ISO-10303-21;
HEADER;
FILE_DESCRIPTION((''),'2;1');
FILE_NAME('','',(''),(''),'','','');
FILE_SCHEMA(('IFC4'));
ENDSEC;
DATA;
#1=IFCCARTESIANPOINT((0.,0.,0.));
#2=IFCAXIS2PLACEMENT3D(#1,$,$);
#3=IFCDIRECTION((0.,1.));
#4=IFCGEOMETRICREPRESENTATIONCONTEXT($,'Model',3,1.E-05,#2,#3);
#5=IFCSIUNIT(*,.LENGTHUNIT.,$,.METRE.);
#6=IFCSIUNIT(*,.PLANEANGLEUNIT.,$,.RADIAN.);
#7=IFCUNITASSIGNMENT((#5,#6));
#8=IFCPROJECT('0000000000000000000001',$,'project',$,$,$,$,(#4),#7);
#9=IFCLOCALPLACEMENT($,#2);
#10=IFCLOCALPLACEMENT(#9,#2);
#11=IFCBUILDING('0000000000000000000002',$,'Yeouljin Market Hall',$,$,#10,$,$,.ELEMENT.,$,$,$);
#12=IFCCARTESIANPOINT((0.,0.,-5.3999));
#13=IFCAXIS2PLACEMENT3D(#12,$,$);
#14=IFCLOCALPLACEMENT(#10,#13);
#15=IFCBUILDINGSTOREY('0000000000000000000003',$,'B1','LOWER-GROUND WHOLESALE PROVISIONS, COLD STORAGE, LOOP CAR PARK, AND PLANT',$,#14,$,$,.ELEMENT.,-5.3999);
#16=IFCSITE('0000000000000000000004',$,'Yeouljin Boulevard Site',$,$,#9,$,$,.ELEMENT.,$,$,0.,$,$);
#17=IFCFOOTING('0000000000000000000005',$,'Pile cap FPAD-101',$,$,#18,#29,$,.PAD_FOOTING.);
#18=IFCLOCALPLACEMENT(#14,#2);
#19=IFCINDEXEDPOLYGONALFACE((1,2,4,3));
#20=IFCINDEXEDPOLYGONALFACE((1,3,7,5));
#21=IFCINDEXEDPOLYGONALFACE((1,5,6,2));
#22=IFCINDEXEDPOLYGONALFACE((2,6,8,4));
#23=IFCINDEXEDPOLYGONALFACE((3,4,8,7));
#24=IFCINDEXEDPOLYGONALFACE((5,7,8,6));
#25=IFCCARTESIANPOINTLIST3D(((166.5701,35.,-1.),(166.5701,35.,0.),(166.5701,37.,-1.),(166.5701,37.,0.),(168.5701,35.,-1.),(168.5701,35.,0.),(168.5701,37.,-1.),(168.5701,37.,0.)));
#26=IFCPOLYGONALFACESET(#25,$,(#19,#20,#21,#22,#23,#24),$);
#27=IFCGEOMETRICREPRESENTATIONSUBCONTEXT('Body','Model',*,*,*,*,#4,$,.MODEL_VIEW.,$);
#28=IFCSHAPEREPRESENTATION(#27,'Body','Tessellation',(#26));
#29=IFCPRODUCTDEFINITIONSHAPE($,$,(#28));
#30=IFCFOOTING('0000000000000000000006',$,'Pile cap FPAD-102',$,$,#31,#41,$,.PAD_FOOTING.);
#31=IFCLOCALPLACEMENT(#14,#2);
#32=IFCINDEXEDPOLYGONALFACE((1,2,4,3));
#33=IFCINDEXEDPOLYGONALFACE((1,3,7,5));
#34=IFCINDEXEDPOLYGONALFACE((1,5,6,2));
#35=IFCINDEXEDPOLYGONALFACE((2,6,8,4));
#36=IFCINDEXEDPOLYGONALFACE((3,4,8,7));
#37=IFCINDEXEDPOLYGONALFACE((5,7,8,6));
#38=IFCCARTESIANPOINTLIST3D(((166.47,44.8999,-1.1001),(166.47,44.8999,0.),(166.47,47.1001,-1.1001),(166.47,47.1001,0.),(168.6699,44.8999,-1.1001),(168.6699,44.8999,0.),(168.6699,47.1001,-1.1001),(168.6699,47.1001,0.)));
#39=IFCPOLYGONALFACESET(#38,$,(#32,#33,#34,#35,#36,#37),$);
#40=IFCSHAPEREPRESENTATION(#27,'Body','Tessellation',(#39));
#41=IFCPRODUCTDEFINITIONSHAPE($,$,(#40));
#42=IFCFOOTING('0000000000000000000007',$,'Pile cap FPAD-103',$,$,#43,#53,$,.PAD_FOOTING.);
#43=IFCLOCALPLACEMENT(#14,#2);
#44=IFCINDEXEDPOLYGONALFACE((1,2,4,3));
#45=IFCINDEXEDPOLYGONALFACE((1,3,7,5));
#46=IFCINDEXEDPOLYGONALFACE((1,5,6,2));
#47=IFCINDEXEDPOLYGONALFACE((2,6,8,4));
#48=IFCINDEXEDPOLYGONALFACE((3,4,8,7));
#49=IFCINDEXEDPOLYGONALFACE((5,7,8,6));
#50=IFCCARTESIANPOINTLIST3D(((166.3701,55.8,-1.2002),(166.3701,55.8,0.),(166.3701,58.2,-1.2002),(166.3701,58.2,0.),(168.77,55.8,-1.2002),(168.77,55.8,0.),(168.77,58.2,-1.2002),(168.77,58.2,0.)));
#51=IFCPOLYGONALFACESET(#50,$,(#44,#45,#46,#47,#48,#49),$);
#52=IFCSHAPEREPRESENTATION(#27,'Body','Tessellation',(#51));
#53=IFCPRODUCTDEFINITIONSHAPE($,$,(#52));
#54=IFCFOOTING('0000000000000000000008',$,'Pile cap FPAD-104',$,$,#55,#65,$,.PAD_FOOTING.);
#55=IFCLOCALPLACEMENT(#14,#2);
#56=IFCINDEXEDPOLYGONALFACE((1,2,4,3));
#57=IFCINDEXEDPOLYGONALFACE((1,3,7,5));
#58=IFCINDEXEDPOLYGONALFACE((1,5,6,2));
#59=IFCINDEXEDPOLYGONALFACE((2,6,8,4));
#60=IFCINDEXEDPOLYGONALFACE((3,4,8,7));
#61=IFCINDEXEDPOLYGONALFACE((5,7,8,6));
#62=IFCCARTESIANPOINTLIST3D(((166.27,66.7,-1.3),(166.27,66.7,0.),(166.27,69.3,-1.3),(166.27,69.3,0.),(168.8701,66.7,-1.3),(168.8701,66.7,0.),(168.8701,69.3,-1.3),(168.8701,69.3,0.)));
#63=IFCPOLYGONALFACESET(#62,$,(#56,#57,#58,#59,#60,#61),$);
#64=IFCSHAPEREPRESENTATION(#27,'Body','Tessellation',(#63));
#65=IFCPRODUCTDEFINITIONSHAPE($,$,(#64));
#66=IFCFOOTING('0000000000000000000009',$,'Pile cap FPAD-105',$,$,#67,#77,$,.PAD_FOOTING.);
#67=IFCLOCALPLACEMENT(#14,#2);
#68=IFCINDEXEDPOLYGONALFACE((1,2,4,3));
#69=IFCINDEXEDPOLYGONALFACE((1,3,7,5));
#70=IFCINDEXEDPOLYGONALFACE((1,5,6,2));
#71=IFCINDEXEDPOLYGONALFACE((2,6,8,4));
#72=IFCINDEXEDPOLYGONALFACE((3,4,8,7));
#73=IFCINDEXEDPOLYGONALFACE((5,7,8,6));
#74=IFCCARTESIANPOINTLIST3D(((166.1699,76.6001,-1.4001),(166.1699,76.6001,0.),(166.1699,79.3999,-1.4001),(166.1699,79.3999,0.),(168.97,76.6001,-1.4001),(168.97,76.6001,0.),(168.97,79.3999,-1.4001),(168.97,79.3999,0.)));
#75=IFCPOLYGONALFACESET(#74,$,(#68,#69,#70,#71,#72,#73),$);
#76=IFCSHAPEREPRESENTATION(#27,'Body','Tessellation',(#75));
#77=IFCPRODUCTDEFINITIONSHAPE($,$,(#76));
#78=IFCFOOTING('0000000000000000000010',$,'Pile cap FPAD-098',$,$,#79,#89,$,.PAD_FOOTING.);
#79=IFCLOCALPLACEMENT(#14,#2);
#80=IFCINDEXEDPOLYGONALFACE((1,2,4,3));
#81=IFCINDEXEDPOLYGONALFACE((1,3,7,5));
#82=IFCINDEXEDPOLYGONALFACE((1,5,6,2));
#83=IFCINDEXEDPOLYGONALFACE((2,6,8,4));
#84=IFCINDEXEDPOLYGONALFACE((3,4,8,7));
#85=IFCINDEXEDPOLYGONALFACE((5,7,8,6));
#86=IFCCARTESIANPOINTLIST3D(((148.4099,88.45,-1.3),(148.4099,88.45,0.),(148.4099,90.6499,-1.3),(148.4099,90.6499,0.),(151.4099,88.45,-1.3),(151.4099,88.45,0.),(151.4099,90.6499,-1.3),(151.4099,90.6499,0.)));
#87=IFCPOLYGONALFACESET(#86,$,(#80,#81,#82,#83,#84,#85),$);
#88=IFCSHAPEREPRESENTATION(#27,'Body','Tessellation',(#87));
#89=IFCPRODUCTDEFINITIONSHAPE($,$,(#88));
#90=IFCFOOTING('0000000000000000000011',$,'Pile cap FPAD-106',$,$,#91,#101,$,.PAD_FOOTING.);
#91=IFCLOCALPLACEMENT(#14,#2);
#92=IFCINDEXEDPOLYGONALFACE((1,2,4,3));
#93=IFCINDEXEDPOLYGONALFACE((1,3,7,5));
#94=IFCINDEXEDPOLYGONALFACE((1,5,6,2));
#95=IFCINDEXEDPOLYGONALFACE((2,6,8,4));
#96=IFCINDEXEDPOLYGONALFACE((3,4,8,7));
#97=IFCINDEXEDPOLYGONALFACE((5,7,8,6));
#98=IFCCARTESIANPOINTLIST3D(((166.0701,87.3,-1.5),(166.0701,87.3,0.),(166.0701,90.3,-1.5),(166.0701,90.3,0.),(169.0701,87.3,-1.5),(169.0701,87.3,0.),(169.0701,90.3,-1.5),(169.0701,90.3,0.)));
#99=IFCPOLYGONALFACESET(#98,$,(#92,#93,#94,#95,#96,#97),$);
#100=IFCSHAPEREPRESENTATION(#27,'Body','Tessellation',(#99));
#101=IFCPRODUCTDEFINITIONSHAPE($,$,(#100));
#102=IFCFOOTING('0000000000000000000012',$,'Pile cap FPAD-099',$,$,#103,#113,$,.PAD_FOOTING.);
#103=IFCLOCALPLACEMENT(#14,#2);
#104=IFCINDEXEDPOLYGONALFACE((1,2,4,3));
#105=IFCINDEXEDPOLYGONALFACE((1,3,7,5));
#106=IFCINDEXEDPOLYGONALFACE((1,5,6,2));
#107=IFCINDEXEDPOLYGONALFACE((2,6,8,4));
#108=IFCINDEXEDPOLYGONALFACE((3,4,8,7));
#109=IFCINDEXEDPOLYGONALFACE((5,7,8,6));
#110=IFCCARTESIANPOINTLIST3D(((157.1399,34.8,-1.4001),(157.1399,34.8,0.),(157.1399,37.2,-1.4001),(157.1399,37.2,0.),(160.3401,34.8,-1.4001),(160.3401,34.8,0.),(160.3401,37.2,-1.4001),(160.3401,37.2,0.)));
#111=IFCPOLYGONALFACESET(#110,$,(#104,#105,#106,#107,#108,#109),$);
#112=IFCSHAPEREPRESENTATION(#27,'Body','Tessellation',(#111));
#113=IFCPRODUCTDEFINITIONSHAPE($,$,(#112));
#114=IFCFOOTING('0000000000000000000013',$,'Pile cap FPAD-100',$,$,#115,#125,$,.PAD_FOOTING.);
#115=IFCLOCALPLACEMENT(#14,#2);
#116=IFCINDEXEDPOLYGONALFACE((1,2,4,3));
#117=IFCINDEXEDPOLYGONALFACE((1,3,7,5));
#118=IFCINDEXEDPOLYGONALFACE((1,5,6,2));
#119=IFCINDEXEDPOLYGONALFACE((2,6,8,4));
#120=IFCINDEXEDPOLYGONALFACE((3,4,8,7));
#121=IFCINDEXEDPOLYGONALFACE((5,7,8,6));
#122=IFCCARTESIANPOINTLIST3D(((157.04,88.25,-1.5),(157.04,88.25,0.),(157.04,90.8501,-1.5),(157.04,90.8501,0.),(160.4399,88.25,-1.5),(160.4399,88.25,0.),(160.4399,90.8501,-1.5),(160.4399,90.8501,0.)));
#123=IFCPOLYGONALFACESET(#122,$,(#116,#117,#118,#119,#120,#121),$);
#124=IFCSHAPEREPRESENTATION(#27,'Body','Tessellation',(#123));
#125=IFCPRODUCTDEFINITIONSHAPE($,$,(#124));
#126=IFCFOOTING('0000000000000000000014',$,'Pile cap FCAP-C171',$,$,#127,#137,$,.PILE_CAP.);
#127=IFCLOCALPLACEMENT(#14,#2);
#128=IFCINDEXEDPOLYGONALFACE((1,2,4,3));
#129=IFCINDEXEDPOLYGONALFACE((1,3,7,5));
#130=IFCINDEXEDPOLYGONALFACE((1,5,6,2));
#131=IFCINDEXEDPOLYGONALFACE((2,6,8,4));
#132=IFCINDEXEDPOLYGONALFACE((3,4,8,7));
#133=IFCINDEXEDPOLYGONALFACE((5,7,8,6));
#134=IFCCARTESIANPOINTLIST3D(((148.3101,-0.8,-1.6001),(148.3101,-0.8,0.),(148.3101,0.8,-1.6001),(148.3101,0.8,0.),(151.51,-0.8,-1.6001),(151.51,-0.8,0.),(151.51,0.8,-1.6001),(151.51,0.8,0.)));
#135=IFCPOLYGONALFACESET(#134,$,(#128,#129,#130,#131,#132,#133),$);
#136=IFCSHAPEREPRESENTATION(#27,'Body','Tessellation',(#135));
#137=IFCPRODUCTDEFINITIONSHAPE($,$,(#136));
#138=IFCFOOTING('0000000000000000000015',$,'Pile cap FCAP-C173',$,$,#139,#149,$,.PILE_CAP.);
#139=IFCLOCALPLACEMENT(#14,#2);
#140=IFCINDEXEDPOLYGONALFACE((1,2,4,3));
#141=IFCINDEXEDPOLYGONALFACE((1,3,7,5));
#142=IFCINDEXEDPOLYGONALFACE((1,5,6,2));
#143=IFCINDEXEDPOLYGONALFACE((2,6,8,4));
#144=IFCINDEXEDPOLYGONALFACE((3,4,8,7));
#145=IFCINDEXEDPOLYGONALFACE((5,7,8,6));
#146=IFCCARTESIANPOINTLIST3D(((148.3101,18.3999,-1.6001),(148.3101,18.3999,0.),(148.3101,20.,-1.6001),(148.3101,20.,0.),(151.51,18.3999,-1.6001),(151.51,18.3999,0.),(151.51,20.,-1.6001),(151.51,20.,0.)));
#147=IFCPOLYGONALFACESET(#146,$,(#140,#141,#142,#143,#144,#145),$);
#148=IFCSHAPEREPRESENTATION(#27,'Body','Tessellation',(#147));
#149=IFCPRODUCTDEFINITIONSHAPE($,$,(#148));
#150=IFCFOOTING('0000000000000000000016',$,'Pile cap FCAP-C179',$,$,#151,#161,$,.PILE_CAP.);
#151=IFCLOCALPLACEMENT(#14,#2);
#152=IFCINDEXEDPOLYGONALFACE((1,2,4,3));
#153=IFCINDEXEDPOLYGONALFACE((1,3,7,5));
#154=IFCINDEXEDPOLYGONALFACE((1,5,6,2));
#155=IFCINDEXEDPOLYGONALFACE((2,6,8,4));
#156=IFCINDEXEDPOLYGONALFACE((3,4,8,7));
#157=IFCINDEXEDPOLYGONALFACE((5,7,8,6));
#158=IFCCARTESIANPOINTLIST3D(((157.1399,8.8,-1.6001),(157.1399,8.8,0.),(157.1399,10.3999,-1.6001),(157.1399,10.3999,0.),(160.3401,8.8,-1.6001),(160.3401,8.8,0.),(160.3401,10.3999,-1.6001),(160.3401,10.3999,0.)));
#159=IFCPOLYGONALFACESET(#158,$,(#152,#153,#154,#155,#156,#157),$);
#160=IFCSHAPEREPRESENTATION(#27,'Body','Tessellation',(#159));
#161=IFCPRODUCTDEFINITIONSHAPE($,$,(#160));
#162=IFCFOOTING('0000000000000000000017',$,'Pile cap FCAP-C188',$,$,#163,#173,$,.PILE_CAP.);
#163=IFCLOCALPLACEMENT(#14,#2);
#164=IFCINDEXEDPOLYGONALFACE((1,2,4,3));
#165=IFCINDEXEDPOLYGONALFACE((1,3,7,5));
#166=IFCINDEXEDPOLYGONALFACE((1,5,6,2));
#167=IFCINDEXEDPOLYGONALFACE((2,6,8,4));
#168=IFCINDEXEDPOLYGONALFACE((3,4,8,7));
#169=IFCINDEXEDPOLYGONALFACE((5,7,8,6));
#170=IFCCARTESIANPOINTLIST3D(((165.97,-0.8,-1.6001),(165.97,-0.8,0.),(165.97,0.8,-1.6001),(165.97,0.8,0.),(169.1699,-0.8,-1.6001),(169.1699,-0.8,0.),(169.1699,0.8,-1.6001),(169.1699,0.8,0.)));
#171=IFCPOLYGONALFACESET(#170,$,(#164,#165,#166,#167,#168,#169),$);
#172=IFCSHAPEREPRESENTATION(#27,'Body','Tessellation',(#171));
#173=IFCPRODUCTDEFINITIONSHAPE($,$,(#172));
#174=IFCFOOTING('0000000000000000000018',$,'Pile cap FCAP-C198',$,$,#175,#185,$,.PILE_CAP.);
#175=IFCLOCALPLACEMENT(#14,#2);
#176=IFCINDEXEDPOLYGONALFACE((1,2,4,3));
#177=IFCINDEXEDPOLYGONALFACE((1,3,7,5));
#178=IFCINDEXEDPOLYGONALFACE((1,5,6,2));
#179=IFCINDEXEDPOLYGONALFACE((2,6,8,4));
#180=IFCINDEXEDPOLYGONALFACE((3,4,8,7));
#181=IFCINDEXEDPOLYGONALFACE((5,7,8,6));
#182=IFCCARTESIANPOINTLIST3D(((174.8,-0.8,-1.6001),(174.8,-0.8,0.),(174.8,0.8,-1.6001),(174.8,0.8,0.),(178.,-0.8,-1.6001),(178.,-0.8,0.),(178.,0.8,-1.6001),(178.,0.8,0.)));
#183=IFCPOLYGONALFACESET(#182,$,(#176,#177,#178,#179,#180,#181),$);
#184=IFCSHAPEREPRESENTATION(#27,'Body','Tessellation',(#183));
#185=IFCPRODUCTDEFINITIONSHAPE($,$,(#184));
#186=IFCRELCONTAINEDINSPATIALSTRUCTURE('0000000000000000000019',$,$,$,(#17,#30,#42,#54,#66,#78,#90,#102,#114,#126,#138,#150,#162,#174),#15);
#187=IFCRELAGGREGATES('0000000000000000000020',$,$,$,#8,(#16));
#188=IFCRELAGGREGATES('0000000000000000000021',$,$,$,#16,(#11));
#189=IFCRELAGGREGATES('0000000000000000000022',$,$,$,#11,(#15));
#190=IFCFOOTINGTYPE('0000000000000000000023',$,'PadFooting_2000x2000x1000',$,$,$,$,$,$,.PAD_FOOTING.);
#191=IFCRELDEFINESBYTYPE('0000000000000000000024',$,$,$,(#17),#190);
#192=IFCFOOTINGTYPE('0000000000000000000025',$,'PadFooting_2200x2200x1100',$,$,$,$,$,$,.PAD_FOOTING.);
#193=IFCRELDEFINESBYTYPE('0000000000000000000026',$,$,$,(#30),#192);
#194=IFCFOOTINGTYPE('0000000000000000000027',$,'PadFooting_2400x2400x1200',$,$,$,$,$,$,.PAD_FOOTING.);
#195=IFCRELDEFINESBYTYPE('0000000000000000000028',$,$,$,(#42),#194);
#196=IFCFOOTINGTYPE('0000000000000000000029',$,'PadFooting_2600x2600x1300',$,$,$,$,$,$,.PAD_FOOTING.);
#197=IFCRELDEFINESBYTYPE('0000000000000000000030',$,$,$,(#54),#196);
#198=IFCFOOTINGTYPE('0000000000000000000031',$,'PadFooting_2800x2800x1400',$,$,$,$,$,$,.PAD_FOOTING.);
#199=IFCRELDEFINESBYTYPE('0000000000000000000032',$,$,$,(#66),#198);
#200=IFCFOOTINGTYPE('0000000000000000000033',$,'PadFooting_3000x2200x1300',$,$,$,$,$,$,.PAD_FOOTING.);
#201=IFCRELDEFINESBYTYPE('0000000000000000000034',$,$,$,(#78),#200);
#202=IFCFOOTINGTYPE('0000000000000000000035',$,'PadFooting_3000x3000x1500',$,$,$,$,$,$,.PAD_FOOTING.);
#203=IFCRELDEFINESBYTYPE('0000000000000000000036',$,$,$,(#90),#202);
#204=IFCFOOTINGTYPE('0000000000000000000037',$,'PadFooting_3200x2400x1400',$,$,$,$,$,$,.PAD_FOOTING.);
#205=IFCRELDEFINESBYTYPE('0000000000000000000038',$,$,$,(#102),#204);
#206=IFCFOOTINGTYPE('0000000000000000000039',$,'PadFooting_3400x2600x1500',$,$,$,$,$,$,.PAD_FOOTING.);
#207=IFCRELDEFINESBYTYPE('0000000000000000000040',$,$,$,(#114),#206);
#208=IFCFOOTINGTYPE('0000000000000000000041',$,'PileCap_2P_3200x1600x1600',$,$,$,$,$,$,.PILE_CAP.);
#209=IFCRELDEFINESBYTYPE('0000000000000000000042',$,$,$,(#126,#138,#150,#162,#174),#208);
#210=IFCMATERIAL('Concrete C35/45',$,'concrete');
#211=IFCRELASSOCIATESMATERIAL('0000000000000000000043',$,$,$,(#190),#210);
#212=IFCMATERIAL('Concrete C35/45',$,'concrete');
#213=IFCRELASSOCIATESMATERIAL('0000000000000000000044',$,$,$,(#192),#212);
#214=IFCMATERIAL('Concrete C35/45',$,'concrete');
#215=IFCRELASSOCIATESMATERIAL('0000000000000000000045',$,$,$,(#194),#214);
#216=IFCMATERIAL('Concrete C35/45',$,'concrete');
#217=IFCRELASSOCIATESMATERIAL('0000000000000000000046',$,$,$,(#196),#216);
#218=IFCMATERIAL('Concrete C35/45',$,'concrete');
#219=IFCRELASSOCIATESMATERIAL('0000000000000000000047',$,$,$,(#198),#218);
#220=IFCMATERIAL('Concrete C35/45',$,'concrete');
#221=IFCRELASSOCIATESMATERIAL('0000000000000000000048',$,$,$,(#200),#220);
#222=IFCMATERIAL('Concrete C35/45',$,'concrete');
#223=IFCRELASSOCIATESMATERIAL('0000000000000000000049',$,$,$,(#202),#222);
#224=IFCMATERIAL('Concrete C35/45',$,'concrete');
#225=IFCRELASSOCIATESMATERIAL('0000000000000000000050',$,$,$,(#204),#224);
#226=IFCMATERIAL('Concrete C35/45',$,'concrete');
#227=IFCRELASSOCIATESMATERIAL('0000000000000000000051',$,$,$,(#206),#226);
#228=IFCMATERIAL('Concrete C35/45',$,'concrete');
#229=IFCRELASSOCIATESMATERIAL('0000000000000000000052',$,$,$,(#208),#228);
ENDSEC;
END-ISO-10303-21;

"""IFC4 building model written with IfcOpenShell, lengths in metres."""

from ifc_helpers import new_model, si_unit, direction, frame, origin, place, context, subcontext, project, spatial, polyline, outline, extrude, material, type_object, element, save


model = new_model("IFC4")

# Units and contexts
model_context = context("Model", 3, precision=1e-05, world=origin(), true_north=direction((0.0, 1.0)))
body_context = subcontext(model_context, "Body", "Model", "MODEL_VIEW")
ifc_project = project(units=[si_unit("LENGTHUNIT", "METRE"), si_unit("PLANEANGLEUNIT", "RADIAN")], contexts=[model_context])

# Site, building, storey
site_placement = place(None, origin())
site = spatial("IfcSite", under=ifc_project, at=site_placement, Name="Yeouljin Boulevard Site", CompositionType="ELEMENT", RefElevation=0.0)
building_placement = place(site_placement, origin())
building = spatial("IfcBuilding", under=site, at=building_placement, Name="Yeouljin Market Hall", CompositionType="ELEMENT")
storey_placement = place(building_placement, frame((0.0, 0.0, -5.3999)))
storey = spatial("IfcBuildingStorey", under=building, at=storey_placement, Name="B1", Description="LOWER-GROUND WHOLESALE PROVISIONS, COLD STORAGE, LOOP CAR PARK, AND PLANT", CompositionType="ELEMENT", Elevation=-5.3999)

# Footings
ifc_material_1 = material(Name="Concrete C35/45", Category="concrete")
footing_type_1 = type_object("IfcFootingType", Name="PadFooting_2000x2000x1000", PredefinedType="PAD_FOOTING", material=ifc_material_1)
footing_1_placement = place(storey_placement, frame((0.0, 0.0, -1.0)))
element("IfcFooting", 1, at=footing_1_placement, inside=storey, type_object=footing_type_1, Name="Pile cap FPAD-101", PredefinedType="PAD_FOOTING", context=body_context, shape_type="SweptSolid", body=[
    extrude(outline(polyline([(166.5701, 35.0), (168.5701, 35.0), (168.5701, 37.0), (166.5701, 37.0), (166.5701, 35.0)])), origin(), (0.0, 0.0, 1.0), 1.0),
])
ifc_material_2 = material(Name="Concrete C35/45", Category="concrete")
footing_type_2 = type_object("IfcFootingType", Name="PadFooting_2200x2200x1100", PredefinedType="PAD_FOOTING", material=ifc_material_2)
footing_2_placement = place(storey_placement, frame((0.0, 0.0, -1.1001)))
element("IfcFooting", 2, at=footing_2_placement, inside=storey, type_object=footing_type_2, Name="Pile cap FPAD-102", PredefinedType="PAD_FOOTING", context=body_context, shape_type="SweptSolid", body=[
    extrude(outline(polyline([(166.47, 44.8999), (168.6699, 44.8999), (168.6699, 47.1001), (166.47, 47.1001), (166.47, 44.8999)])), origin(), (0.0, 0.0, 1.0), 1.1001),
])
ifc_material_3 = material(Name="Concrete C35/45", Category="concrete")
footing_type_3 = type_object("IfcFootingType", Name="PadFooting_2400x2400x1200", PredefinedType="PAD_FOOTING", material=ifc_material_3)
footing_3_placement = place(storey_placement, frame((0.0, 0.0, -1.2002)))
element("IfcFooting", 3, at=footing_3_placement, inside=storey, type_object=footing_type_3, Name="Pile cap FPAD-103", PredefinedType="PAD_FOOTING", context=body_context, shape_type="SweptSolid", body=[
    extrude(outline(polyline([(166.3701, 55.8), (168.77, 55.8), (168.77, 58.2), (166.3701, 58.2), (166.3701, 55.8)])), origin(), (0.0, 0.0, 1.0), 1.2002),
])
ifc_material_4 = material(Name="Concrete C35/45", Category="concrete")
footing_type_4 = type_object("IfcFootingType", Name="PadFooting_2600x2600x1300", PredefinedType="PAD_FOOTING", material=ifc_material_4)
footing_4_placement = place(storey_placement, frame((0.0, 0.0, -1.3)))
element("IfcFooting", 4, at=footing_4_placement, inside=storey, type_object=footing_type_4, Name="Pile cap FPAD-104", PredefinedType="PAD_FOOTING", context=body_context, shape_type="SweptSolid", body=[
    extrude(outline(polyline([(166.27, 66.7), (168.8701, 66.7), (168.8701, 69.3), (166.27, 69.3), (166.27, 66.7)])), origin(), (0.0, 0.0, 1.0), 1.3),
])
ifc_material_5 = material(Name="Concrete C35/45", Category="concrete")
footing_type_5 = type_object("IfcFootingType", Name="PadFooting_2800x2800x1400", PredefinedType="PAD_FOOTING", material=ifc_material_5)
footing_5_placement = place(storey_placement, frame((0.0, 0.0, -1.4001)))
element("IfcFooting", 5, at=footing_5_placement, inside=storey, type_object=footing_type_5, Name="Pile cap FPAD-105", PredefinedType="PAD_FOOTING", context=body_context, shape_type="SweptSolid", body=[
    extrude(outline(polyline([(166.1699, 76.6001), (168.97, 76.6001), (168.97, 79.3999), (166.1699, 79.3999), (166.1699, 76.6001)])), origin(), (0.0, 0.0, 1.0), 1.4001),
])
ifc_material_6 = material(Name="Concrete C35/45", Category="concrete")
footing_type_6 = type_object("IfcFootingType", Name="PadFooting_3000x2200x1300", PredefinedType="PAD_FOOTING", material=ifc_material_6)
footing_6_placement = place(storey_placement, frame((0.0, 0.0, -1.3)))
element("IfcFooting", 6, at=footing_6_placement, inside=storey, type_object=footing_type_6, Name="Pile cap FPAD-098", PredefinedType="PAD_FOOTING", context=body_context, shape_type="SweptSolid", body=[
    extrude(outline(polyline([(148.4099, 88.45), (151.4099, 88.45), (151.4099, 90.6499), (148.4099, 90.6499), (148.4099, 88.45)])), origin(), (0.0, 0.0, 1.0), 1.3),
])
ifc_material_7 = material(Name="Concrete C35/45", Category="concrete")
footing_type_7 = type_object("IfcFootingType", Name="PadFooting_3000x3000x1500", PredefinedType="PAD_FOOTING", material=ifc_material_7)
footing_7_placement = place(storey_placement, frame((0.0, 0.0, -1.5)))
element("IfcFooting", 7, at=footing_7_placement, inside=storey, type_object=footing_type_7, Name="Pile cap FPAD-106", PredefinedType="PAD_FOOTING", context=body_context, shape_type="SweptSolid", body=[
    extrude(outline(polyline([(166.0701, 87.3), (169.0701, 87.3), (169.0701, 90.3), (166.0701, 90.3), (166.0701, 87.3)])), origin(), (0.0, 0.0, 1.0), 1.5),
])
ifc_material_8 = material(Name="Concrete C35/45", Category="concrete")
footing_type_8 = type_object("IfcFootingType", Name="PadFooting_3200x2400x1400", PredefinedType="PAD_FOOTING", material=ifc_material_8)
footing_8_placement = place(storey_placement, frame((0.0, 0.0, -1.4001)))
element("IfcFooting", 8, at=footing_8_placement, inside=storey, type_object=footing_type_8, Name="Pile cap FPAD-099", PredefinedType="PAD_FOOTING", context=body_context, shape_type="SweptSolid", body=[
    extrude(outline(polyline([(157.1399, 34.8), (160.3401, 34.8), (160.3401, 37.2), (157.1399, 37.2), (157.1399, 34.8)])), origin(), (0.0, 0.0, 1.0), 1.4001),
])
ifc_material_9 = material(Name="Concrete C35/45", Category="concrete")
footing_type_9 = type_object("IfcFootingType", Name="PadFooting_3400x2600x1500", PredefinedType="PAD_FOOTING", material=ifc_material_9)
footing_9_placement = place(storey_placement, frame((0.0, 0.0, -1.5)))
element("IfcFooting", 9, at=footing_9_placement, inside=storey, type_object=footing_type_9, Name="Pile cap FPAD-100", PredefinedType="PAD_FOOTING", context=body_context, shape_type="SweptSolid", body=[
    extrude(outline(polyline([(157.04, 88.25), (160.4399, 88.25), (160.4399, 90.8501), (157.04, 90.8501), (157.04, 88.25)])), origin(), (0.0, 0.0, 1.0), 1.5),
])
ifc_material_10 = material(Name="Concrete C35/45", Category="concrete")
footing_type_10 = type_object("IfcFootingType", Name="PileCap_2P_3200x1600x1600", PredefinedType="PILE_CAP", material=ifc_material_10)
footing_10_placement = place(storey_placement, frame((0.0, 0.0, -1.6001)))
element("IfcFooting", 10, at=footing_10_placement, inside=storey, type_object=footing_type_10, Name="Pile cap FCAP-C171", PredefinedType="PILE_CAP", context=body_context, shape_type="SweptSolid", body=[
    extrude(outline(polyline([(148.3101, -0.8), (151.51, -0.8), (151.51, 0.8), (148.3101, 0.8), (148.3101, -0.8)])), origin(), (0.0, 0.0, 1.0), 1.6001),
])
footing_11_placement = place(storey_placement, frame((0.0, 0.0, -1.6001)))
element("IfcFooting", 11, at=footing_11_placement, inside=storey, type_object=footing_type_10, Name="Pile cap FCAP-C173", PredefinedType="PILE_CAP", context=body_context, shape_type="SweptSolid", body=[
    extrude(outline(polyline([(148.3101, 18.3999), (151.51, 18.3999), (151.51, 20.0), (148.3101, 20.0), (148.3101, 18.3999)])), origin(), (0.0, 0.0, 1.0), 1.6001),
])
footing_12_placement = place(storey_placement, frame((0.0, 0.0, -1.6001)))
element("IfcFooting", 12, at=footing_12_placement, inside=storey, type_object=footing_type_10, Name="Pile cap FCAP-C179", PredefinedType="PILE_CAP", context=body_context, shape_type="SweptSolid", body=[
    extrude(outline(polyline([(157.1399, 8.8), (160.3401, 8.8), (160.3401, 10.3999), (157.1399, 10.3999), (157.1399, 8.8)])), origin(), (0.0, 0.0, 1.0), 1.6001),
])
footing_13_placement = place(storey_placement, frame((0.0, 0.0, -1.6001)))
element("IfcFooting", 13, at=footing_13_placement, inside=storey, type_object=footing_type_10, Name="Pile cap FCAP-C188", PredefinedType="PILE_CAP", context=body_context, shape_type="SweptSolid", body=[
    extrude(outline(polyline([(165.97, -0.8), (169.1699, -0.8), (169.1699, 0.8), (165.97, 0.8), (165.97, -0.8)])), origin(), (0.0, 0.0, 1.0), 1.6001),
])
footing_14_placement = place(storey_placement, frame((0.0, 0.0, -1.6001)))
element("IfcFooting", 14, at=footing_14_placement, inside=storey, type_object=footing_type_10, Name="Pile cap FCAP-C198", PredefinedType="PILE_CAP", context=body_context, shape_type="SweptSolid", body=[
    extrude(outline(polyline([(174.8, -0.8), (178.0, -0.8), (178.0, 0.8), (174.8, 0.8), (174.8, -0.8)])), origin(), (0.0, 0.0, 1.0), 1.6001),
])

save(model, "model.ifc")
